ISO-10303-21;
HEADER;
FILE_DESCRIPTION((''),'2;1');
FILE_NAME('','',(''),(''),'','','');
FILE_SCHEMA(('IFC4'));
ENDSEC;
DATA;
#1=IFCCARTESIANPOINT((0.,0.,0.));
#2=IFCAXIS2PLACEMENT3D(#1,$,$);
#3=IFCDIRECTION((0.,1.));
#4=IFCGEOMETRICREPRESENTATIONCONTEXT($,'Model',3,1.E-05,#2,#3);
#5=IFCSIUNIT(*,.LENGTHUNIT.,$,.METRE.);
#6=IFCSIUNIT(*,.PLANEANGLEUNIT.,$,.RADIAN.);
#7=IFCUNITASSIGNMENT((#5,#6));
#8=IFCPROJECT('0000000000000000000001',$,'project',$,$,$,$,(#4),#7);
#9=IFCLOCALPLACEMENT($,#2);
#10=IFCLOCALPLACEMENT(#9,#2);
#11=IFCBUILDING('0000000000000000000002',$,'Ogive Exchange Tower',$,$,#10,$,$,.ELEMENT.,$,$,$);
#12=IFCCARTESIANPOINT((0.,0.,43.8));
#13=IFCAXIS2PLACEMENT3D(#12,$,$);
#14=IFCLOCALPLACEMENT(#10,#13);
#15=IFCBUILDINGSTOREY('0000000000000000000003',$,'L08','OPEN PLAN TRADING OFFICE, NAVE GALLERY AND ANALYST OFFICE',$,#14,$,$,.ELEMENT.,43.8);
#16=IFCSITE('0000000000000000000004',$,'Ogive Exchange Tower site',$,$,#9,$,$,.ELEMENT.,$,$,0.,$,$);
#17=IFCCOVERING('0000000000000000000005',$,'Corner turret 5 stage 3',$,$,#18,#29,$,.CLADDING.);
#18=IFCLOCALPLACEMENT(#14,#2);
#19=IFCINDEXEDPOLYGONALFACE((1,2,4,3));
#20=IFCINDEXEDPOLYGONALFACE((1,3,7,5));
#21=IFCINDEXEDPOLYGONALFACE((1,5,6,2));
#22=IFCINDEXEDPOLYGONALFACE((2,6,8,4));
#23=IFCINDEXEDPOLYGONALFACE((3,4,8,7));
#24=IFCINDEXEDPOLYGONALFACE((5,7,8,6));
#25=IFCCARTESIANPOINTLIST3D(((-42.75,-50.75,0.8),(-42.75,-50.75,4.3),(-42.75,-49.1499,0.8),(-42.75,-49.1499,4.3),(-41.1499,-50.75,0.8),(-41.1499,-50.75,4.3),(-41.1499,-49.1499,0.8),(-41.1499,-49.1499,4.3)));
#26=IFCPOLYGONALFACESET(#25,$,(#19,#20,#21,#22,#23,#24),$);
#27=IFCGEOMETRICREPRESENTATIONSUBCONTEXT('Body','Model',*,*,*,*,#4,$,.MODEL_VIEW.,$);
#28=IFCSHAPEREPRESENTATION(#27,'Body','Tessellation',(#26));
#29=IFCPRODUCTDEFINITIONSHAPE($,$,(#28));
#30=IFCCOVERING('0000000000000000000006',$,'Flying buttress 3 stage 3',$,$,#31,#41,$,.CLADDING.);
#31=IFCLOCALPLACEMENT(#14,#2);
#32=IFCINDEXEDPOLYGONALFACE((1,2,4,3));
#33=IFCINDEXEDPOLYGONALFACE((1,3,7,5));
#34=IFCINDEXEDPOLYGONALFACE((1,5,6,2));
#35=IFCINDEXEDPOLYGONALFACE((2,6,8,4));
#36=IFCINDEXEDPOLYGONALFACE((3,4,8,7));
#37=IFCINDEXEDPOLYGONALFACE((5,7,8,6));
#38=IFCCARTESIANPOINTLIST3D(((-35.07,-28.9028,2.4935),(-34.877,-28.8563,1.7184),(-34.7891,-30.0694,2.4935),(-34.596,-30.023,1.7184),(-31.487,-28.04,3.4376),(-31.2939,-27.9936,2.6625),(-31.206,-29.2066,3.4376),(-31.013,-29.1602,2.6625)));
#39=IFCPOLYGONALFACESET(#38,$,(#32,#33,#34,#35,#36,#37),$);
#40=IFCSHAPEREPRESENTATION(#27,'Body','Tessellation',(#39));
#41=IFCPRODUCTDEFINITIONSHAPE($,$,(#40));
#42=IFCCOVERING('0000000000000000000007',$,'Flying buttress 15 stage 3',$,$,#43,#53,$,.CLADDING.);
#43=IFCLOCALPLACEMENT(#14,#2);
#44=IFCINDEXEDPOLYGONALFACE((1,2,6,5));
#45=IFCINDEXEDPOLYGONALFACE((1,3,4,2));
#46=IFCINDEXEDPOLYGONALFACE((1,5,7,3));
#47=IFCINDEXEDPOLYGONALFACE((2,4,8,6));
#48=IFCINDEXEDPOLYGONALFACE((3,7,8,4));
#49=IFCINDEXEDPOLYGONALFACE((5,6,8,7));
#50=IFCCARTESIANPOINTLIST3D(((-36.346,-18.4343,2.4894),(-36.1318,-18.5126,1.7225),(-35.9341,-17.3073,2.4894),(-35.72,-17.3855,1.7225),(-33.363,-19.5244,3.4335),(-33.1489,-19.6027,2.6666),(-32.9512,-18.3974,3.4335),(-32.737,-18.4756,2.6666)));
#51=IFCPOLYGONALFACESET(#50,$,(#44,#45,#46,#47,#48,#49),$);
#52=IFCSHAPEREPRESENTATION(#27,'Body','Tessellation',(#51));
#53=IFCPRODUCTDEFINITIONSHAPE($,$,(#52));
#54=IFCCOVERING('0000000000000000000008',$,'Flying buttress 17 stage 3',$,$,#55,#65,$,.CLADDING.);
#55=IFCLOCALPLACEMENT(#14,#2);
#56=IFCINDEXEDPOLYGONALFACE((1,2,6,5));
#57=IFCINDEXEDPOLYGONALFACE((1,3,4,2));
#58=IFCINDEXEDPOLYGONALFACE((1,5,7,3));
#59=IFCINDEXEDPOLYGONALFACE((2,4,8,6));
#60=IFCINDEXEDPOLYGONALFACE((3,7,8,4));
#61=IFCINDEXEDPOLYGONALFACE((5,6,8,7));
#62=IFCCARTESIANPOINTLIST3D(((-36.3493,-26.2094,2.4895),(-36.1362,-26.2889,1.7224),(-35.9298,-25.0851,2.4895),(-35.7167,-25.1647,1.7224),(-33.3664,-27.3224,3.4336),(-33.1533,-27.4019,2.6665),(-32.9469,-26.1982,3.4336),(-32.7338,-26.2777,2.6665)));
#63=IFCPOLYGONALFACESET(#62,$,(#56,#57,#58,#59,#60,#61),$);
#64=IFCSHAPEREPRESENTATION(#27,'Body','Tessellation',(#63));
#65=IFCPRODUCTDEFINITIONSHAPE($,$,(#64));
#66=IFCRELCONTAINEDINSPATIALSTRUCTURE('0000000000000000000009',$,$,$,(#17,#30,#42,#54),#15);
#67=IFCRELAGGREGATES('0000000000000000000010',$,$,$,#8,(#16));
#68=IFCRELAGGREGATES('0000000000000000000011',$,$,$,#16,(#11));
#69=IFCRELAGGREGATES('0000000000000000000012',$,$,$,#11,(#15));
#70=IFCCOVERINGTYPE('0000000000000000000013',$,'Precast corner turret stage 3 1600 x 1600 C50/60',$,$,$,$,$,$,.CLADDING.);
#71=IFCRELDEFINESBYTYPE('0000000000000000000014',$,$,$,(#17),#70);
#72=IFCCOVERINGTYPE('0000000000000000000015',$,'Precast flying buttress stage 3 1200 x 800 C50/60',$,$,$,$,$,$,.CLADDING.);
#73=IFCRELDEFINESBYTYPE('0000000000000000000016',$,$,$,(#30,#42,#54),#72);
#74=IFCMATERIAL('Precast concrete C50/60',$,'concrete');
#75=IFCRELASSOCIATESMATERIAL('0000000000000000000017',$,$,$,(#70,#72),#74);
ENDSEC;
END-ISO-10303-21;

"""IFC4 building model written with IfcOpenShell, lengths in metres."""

from ifc_helpers import new_model, si_unit, direction, frame, origin, origin_2d, place, context, subcontext, project, spatial, rectangle, extrude, material, material_profile, profile_set, type_object, element, save


model = new_model("IFC4")

# Units and contexts
model_context = context("Model", 3, precision=1e-05, world=origin(), true_north=direction((0.0, 1.0)))
body_context = subcontext(model_context, "Body", "Model", "MODEL_VIEW")
ifc_project = project(units=[si_unit("LENGTHUNIT", "METRE"), si_unit("PLANEANGLEUNIT", "RADIAN")], contexts=[model_context])

# Site, building, storey
site_placement = place(None, origin())
site = spatial("IfcSite", under=ifc_project, at=site_placement, Name="Ogive Exchange Tower site", CompositionType="ELEMENT", RefElevation=0.0)
building_placement = place(site_placement, origin())
building = spatial("IfcBuilding", under=site, at=building_placement, Name="Ogive Exchange Tower", CompositionType="ELEMENT")
storey_placement = place(building_placement, frame((0.0, 0.0, 43.8)))
storey = spatial("IfcBuildingStorey", under=building, at=storey_placement, Name="L08", Description="OPEN PLAN TRADING OFFICE, NAVE GALLERY AND ANALYST OFFICE", CompositionType="ELEMENT", Elevation=43.8)

# Coverings
ifc_material_1 = material(Name="Precast concrete C50/60", Category="concrete")
ifc_material_profile_1 = material_profile(ifc_material_1, rectangle(XDim=1.6001, YDim=1.6001, at=origin_2d()), Name="CORNER TURRET 3 1600 x 1600")
ifc_profile_set_1 = profile_set([ifc_material_profile_1], Name="Precast concrete C50/60")
covering_type_1 = type_object("IfcCoveringType", Name="Precast corner turret stage 3 1600 x 1600 C50/60", PredefinedType="CLADDING", material=ifc_profile_set_1)
covering_1_placement = place(storey_placement, frame((-41.95, -49.95, 0.8), z_axis=(0.0, 0.0, 1.0), x_axis=(1.0, 0.0, 0.0)))
element("IfcCovering", 1, at=covering_1_placement, inside=storey, type_object=covering_type_1, Name="Corner turret 5 stage 3", PredefinedType="CLADDING", context=body_context, shape_type="SweptSolid", body=[
    extrude(rectangle(XDim=1.6001, YDim=1.6001, at=origin_2d()), origin(), (0.0, 0.0, 1.0), 3.5),
])
ifc_material_profile_2 = material_profile(ifc_material_1, rectangle(XDim=1.2, YDim=0.8, at=origin_2d()), Name="FLYING BUTTRESS 3 1200 x 800")
ifc_profile_set_2 = profile_set([ifc_material_profile_2], Name="Precast concrete C50/60")
covering_type_2 = type_object("IfcCoveringType", Name="Precast flying buttress stage 3 1200 x 800 C50/60", PredefinedType="CLADDING", material=ifc_profile_set_2)
covering_2_placement = place(storey_placement, frame((-34.833, -29.4629, 2.106), z_axis=(0.9418, 0.226787, 0.248156), x_axis=(-0.234109, 0.97221, 0.0)))
element("IfcCovering", 2, at=covering_2_placement, inside=storey, type_object=covering_type_2, Name="Flying buttress 3 stage 3", PredefinedType="CLADDING", context=body_context, shape_type="SweptSolid", body=[
    extrude(rectangle(XDim=1.2, YDim=0.8, at=origin_2d()), origin(), (0.0, 0.0, 1.0), 3.8044),
])
covering_3_placement = place(storey_placement, frame((-36.033, -17.9099, 2.106), z_axis=(0.900308, -0.329013, 0.284948), x_axis=(0.343243, 0.939247, 0.0)))
element("IfcCovering", 3, at=covering_3_placement, inside=storey, type_object=covering_type_2, Name="Flying buttress 15 stage 3", PredefinedType="CLADDING", context=body_context, shape_type="SweptSolid", body=[
    extrude(rectangle(XDim=1.2, YDim=0.8, at=origin_2d()), origin(), (0.0, 0.0, 1.0), 3.3132),
])
covering_4_placement = place(storey_placement, frame((-36.033, -25.687, 2.106), z_axis=(0.898242, -0.335168, 0.284294), x_axis=(0.349594, 0.936901, 0.0)))
element("IfcCovering", 4, at=covering_4_placement, inside=storey, type_object=covering_type_2, Name="Flying buttress 17 stage 3", PredefinedType="CLADDING", context=body_context, shape_type="SweptSolid", body=[
    extrude(rectangle(XDim=1.2, YDim=0.8, at=origin_2d()), origin(), (0.0, 0.0, 1.0), 3.3208),
])

save(model, "model.ifc")
